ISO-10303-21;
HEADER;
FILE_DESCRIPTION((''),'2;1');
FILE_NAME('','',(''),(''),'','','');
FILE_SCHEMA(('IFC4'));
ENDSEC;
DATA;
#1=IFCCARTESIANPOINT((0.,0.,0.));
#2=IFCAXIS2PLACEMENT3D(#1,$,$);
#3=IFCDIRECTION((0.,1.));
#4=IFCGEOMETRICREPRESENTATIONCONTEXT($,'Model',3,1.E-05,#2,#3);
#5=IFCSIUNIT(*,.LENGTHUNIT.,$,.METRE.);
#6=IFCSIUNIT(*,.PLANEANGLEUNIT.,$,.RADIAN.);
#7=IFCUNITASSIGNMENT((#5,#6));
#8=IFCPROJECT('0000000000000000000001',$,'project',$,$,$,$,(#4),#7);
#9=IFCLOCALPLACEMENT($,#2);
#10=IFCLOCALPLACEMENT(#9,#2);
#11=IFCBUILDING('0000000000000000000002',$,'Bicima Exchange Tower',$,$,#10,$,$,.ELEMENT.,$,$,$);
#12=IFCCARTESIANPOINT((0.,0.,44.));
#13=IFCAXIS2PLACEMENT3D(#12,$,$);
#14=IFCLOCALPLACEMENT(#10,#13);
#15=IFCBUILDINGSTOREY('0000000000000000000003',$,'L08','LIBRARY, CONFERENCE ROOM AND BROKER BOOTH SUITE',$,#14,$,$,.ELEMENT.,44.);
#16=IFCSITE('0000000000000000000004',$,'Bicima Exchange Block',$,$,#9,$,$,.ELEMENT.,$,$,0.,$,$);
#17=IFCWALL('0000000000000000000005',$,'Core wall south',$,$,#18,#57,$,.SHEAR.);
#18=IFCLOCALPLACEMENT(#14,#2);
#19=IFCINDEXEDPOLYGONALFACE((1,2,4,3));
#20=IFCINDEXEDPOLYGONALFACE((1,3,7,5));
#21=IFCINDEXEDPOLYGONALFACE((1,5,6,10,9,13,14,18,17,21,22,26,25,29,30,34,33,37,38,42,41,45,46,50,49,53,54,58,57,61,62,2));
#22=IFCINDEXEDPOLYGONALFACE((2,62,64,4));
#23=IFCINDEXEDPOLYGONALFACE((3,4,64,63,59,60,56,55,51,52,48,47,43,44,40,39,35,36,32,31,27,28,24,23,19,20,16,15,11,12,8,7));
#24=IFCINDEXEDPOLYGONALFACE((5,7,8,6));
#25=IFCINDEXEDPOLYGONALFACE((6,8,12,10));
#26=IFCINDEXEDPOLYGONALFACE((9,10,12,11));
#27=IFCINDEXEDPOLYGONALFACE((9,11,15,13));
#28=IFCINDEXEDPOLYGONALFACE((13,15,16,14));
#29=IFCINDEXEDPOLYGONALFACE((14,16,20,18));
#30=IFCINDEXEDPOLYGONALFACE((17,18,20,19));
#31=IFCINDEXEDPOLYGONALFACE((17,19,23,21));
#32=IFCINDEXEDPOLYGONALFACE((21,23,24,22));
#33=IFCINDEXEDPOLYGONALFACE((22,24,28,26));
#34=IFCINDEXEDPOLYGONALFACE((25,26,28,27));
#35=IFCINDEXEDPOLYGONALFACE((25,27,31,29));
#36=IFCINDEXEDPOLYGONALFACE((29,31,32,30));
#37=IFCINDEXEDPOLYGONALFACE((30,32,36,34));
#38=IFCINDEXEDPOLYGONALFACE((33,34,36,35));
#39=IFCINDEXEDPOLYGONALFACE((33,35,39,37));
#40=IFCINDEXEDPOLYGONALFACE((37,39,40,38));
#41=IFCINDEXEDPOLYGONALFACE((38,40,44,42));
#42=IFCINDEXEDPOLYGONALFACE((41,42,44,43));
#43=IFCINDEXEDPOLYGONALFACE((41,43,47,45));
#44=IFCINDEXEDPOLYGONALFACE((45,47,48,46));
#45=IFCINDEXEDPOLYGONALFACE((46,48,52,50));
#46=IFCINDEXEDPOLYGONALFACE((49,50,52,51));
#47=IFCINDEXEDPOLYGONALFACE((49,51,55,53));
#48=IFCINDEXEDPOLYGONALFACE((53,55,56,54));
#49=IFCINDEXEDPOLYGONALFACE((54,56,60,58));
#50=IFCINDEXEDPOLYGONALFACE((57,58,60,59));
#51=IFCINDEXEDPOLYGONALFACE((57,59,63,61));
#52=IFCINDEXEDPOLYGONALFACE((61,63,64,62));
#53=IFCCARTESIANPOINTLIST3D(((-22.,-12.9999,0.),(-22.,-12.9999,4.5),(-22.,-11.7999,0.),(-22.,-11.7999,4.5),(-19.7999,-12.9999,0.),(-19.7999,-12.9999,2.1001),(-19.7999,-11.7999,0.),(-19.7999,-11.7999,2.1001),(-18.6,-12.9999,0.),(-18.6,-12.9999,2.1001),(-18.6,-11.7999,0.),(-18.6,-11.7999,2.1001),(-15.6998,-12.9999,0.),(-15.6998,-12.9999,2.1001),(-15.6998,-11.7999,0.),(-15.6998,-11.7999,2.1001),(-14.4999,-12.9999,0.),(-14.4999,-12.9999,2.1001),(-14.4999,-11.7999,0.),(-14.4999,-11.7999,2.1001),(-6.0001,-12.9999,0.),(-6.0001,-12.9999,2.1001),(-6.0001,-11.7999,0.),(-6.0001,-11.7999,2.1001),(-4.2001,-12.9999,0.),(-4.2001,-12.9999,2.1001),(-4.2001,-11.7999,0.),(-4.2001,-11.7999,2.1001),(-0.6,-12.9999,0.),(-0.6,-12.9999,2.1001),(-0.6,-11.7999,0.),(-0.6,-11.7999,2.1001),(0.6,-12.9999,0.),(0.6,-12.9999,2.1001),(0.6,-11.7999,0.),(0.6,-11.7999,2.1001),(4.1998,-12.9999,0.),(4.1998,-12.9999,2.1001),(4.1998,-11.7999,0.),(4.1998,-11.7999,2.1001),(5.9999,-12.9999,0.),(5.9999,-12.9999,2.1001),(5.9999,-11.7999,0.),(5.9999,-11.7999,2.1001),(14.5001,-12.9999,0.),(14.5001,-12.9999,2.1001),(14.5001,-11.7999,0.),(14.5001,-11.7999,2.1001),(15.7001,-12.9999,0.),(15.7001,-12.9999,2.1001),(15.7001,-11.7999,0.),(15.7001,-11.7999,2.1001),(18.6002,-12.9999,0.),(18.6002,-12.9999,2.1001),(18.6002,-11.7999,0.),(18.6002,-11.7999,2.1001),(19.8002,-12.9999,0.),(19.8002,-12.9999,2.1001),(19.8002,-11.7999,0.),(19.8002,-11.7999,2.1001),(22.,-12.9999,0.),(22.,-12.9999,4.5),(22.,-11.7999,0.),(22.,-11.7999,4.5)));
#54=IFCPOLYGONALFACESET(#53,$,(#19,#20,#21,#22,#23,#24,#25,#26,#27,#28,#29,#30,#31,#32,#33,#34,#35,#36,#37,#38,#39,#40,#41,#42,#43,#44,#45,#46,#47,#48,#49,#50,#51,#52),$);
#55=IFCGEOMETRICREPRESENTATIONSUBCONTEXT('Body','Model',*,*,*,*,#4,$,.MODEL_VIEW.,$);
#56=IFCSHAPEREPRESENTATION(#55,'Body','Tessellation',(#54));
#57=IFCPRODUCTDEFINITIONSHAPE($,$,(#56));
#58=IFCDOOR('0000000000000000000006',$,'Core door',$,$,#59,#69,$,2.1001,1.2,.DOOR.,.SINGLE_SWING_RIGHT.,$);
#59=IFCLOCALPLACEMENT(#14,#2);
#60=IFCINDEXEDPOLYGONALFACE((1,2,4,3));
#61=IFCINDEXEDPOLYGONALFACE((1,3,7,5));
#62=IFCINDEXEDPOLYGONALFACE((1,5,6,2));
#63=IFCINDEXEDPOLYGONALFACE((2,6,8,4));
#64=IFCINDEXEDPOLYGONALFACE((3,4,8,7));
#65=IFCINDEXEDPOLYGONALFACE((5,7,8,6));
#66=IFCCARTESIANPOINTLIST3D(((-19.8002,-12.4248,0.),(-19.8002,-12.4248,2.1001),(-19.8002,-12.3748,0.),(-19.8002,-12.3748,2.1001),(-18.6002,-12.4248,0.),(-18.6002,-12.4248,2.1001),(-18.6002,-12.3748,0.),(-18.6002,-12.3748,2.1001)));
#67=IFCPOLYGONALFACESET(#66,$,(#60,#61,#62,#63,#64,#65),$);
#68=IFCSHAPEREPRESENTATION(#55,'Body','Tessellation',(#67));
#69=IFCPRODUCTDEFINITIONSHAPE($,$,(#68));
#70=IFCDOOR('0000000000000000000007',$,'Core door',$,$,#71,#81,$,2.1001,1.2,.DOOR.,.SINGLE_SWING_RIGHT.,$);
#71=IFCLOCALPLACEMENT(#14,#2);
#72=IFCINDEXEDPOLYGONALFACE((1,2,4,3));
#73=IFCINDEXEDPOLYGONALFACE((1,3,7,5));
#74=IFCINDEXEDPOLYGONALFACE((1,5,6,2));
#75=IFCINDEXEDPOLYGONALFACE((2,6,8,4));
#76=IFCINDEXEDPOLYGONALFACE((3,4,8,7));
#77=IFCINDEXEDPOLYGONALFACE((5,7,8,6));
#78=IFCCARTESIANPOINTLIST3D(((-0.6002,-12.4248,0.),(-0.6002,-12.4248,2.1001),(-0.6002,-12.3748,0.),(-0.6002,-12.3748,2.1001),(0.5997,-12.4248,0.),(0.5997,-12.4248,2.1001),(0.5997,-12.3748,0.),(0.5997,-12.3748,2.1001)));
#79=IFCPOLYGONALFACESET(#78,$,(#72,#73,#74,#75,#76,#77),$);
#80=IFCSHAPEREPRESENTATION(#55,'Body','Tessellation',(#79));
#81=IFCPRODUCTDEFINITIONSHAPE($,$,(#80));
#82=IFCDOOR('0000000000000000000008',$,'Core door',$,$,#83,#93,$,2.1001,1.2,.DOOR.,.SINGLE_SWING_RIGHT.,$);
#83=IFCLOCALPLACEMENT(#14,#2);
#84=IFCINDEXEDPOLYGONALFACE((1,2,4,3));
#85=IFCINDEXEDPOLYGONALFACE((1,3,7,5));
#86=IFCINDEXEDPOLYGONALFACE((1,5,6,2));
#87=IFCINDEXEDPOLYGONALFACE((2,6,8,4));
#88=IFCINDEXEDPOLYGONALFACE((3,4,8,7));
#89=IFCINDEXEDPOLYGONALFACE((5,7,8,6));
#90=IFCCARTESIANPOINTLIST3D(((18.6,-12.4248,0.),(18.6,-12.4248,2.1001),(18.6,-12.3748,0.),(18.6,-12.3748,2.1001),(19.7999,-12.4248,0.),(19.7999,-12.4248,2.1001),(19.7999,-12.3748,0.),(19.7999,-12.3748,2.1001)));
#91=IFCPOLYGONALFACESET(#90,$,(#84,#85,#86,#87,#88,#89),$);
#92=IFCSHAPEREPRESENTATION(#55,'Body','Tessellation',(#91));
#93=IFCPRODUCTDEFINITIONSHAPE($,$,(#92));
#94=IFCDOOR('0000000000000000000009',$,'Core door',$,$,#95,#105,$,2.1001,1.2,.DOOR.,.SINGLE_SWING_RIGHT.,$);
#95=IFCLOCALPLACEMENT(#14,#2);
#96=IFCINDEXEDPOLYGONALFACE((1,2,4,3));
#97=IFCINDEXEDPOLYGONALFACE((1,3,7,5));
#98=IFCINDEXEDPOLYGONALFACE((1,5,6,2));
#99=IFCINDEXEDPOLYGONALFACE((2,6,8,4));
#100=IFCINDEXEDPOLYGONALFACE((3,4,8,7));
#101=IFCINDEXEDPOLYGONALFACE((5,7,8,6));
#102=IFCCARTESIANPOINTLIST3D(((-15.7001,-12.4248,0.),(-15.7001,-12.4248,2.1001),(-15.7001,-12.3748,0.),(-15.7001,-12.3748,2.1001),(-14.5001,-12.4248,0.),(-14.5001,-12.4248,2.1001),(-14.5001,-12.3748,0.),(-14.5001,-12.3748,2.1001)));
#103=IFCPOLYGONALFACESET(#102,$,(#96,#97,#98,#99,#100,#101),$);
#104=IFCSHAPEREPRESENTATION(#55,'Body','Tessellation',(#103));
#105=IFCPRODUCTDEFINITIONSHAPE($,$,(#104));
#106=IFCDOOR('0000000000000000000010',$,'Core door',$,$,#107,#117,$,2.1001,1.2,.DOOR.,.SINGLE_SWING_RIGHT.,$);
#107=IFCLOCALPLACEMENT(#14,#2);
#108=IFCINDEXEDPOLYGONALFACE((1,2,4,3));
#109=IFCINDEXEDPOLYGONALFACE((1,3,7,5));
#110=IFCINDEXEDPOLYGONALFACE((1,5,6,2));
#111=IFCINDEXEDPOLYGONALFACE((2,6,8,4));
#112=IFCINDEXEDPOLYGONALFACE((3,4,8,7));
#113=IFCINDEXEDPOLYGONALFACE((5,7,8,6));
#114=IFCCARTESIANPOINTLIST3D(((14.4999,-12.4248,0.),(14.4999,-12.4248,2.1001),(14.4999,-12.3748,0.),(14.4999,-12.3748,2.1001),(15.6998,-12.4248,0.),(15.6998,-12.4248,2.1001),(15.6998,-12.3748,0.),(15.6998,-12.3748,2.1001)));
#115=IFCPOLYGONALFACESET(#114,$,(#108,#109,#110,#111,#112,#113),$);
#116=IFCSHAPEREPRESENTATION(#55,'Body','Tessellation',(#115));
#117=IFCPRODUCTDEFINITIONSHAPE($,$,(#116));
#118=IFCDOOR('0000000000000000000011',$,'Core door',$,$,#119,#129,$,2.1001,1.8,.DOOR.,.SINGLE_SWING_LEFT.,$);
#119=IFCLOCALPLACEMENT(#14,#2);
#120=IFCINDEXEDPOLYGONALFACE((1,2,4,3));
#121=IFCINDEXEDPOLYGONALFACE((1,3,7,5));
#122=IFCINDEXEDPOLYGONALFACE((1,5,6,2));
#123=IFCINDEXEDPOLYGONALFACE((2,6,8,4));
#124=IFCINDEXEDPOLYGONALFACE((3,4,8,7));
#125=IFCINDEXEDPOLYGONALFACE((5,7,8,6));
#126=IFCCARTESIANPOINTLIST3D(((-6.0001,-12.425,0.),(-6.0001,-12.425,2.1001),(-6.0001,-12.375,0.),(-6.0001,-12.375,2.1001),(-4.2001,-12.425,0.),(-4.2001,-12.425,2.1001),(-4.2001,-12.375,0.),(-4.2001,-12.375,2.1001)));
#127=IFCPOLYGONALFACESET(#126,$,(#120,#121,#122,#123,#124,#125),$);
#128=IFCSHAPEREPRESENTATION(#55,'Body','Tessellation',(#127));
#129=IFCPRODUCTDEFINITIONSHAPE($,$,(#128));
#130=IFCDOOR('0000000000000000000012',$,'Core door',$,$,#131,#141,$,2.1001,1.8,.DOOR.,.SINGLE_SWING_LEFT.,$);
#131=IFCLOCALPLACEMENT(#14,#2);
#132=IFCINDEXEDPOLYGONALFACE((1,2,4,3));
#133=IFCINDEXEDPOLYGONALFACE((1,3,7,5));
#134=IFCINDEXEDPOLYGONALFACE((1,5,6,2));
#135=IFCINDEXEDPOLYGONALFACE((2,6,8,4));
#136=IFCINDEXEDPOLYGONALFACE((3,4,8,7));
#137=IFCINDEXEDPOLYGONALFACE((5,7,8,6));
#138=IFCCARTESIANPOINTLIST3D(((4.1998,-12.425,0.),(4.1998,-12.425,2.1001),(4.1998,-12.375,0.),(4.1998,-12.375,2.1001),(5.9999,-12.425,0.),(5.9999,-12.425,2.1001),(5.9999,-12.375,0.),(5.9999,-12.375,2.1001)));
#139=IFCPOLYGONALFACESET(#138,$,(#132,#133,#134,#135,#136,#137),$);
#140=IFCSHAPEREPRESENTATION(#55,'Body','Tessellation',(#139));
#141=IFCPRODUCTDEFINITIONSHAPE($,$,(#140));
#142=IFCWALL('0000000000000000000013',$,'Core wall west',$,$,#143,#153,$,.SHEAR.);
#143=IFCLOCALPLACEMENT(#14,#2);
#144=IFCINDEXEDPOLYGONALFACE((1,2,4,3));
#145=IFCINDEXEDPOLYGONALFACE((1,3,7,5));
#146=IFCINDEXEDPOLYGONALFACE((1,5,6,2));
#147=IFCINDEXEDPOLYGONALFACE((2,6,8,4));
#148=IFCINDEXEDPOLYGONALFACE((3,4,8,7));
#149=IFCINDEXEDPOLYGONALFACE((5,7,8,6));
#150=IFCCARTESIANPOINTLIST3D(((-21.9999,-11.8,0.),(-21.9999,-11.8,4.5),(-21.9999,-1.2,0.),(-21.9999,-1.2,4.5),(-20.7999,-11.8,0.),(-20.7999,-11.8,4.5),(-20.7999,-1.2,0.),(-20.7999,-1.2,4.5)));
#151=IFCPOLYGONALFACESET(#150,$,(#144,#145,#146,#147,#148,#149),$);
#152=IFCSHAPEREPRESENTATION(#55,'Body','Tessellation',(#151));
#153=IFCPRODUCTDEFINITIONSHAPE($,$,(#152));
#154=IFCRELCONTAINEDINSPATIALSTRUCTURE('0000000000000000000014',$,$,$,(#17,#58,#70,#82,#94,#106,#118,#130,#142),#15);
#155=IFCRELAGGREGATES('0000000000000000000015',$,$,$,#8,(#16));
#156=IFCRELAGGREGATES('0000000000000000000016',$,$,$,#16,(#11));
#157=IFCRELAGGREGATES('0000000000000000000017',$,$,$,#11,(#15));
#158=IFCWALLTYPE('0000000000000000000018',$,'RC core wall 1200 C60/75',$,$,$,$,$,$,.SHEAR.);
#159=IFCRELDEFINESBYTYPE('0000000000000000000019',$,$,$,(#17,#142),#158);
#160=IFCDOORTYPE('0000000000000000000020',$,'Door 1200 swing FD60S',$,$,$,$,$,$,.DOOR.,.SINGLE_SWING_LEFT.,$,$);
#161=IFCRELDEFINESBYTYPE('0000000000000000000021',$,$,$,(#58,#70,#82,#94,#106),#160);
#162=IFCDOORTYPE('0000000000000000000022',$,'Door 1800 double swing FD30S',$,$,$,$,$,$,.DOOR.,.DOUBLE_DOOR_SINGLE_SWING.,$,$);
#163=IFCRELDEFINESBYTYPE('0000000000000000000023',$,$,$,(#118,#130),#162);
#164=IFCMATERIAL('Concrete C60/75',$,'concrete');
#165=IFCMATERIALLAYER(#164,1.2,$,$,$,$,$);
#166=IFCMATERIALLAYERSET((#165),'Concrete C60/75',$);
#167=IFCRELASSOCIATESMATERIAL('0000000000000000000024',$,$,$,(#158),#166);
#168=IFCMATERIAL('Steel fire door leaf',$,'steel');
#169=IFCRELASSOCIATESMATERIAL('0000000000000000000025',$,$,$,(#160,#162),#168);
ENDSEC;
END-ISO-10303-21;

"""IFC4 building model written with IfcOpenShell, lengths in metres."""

from ifc_helpers import new_model, si_unit, direction, frame, frame_2d, origin, place, context, subcontext, project, spatial, rectangle, extrude, material, layer, layer_set, type_object, element, fill, save


model = new_model("IFC4")

# Units and contexts
model_context = context("Model", 3, precision=1e-05, world=origin(), true_north=direction((0.0, 1.0)))
body_context = subcontext(model_context, "Body", "Model", "MODEL_VIEW")
ifc_project = project(units=[si_unit("LENGTHUNIT", "METRE"), si_unit("PLANEANGLEUNIT", "RADIAN")], contexts=[model_context])

# Site, building, storey
site_placement = place(None, origin())
site = spatial("IfcSite", under=ifc_project, at=site_placement, Name="Bicima Exchange Block", CompositionType="ELEMENT", RefElevation=0.0)
building_placement = place(site_placement, origin())
building = spatial("IfcBuilding", under=site, at=building_placement, Name="Bicima Exchange Tower", CompositionType="ELEMENT")
storey_placement = place(building_placement, frame((0.0, 0.0, 44.0)))
storey = spatial("IfcBuildingStorey", under=building, at=storey_placement, Name="L08", Description="LIBRARY, CONFERENCE ROOM AND BROKER BOOTH SUITE", CompositionType="ELEMENT", Elevation=44.0)

# Wall, openings, doors
ifc_material_1 = material(Name="Concrete C60/75", Category="concrete")
ifc_layer_1 = layer(ifc_material_1, 1.2)
ifc_layer_set_1 = layer_set([ifc_layer_1], Name="Concrete C60/75")
wall_type_1 = type_object("IfcWallType", Name="RC core wall 1200 C60/75", PredefinedType="SHEAR", material=ifc_layer_set_1)
wall_1_placement = place(storey_placement, frame((-22.0, -12.3999, 0.0), z_axis=(0.0, 0.0, 1.0), x_axis=(1.0, 0.0, 0.0)))
wall_1 = element("IfcWall", 1, at=wall_1_placement, inside=storey, type_object=wall_type_1, Name="Core wall south", PredefinedType="SHEAR", context=body_context, shape_type="SweptSolid", body=[
    extrude(rectangle(XDim=44.0, YDim=1.2, at=frame_2d((22.0, 0.0))), origin(), (0.0, 0.0, 1.0), 4.5),
])
opening_1_placement = place(wall_1_placement, frame((2.2, 0.0, 0.0)))
opening_1 = element("IfcOpeningElement", 2, at=opening_1_placement, cuts=wall_1, PredefinedType="OPENING", context=body_context, shape_type="SweptSolid", body=[
    extrude(rectangle(XDim=1.2, YDim=2.1001, at=frame_2d((0.6001, 1.05))), frame((0.0, 0.6118, 0.0), z_axis=(0.0, -1.0, 0.0), x_axis=(1.0, 0.0, 0.0)), (0.0, 0.0, 1.0), 1.2239),
])
opening_2_placement = place(wall_1_placement, frame((21.3999, 0.0, 0.0)))
opening_2 = element("IfcOpeningElement", 3, at=opening_2_placement, cuts=wall_1, PredefinedType="OPENING", context=body_context, shape_type="SweptSolid", body=[
    extrude(rectangle(XDim=1.2, YDim=2.1001, at=frame_2d((0.6001, 1.05))), frame((0.0, 0.6118, 0.0), z_axis=(0.0, -1.0, 0.0), x_axis=(1.0, 0.0, 0.0)), (0.0, 0.0, 1.0), 1.2239),
])
opening_3_placement = place(wall_1_placement, frame((40.6001, 0.0, 0.0)))
opening_3 = element("IfcOpeningElement", 4, at=opening_3_placement, cuts=wall_1, PredefinedType="OPENING", context=body_context, shape_type="SweptSolid", body=[
    extrude(rectangle(XDim=1.2, YDim=2.1001, at=frame_2d((0.6001, 1.05))), frame((0.0, 0.6118, 0.0), z_axis=(0.0, -1.0, 0.0), x_axis=(1.0, 0.0, 0.0)), (0.0, 0.0, 1.0), 1.2239),
])
opening_4_placement = place(wall_1_placement, frame((16.0, 0.0, 0.0)))
opening_4 = element("IfcOpeningElement", 5, at=opening_4_placement, cuts=wall_1, PredefinedType="OPENING", context=body_context, shape_type="SweptSolid", body=[
    extrude(rectangle(XDim=1.8, YDim=2.1001, at=frame_2d((0.8999, 1.05))), frame((0.0, 0.6118, 0.0), z_axis=(0.0, -1.0, 0.0), x_axis=(1.0, 0.0, 0.0)), (0.0, 0.0, 1.0), 1.2239),
])
opening_5_placement = place(wall_1_placement, frame((6.3, 0.0, 0.0)))
opening_5 = element("IfcOpeningElement", 6, at=opening_5_placement, cuts=wall_1, PredefinedType="OPENING", context=body_context, shape_type="SweptSolid", body=[
    extrude(rectangle(XDim=1.2, YDim=2.1001, at=frame_2d((0.6001, 1.05))), frame((0.0, 0.6118, 0.0), z_axis=(0.0, -1.0, 0.0), x_axis=(1.0, 0.0, 0.0)), (0.0, 0.0, 1.0), 1.2239),
])
opening_6_placement = place(wall_1_placement, frame((26.2, 0.0, 0.0)))
opening_6 = element("IfcOpeningElement", 7, at=opening_6_placement, cuts=wall_1, PredefinedType="OPENING", context=body_context, shape_type="SweptSolid", body=[
    extrude(rectangle(XDim=1.8, YDim=2.1001, at=frame_2d((0.8999, 1.05))), frame((0.0, 0.6118, 0.0), z_axis=(0.0, -1.0, 0.0), x_axis=(1.0, 0.0, 0.0)), (0.0, 0.0, 1.0), 1.2239),
])
opening_7_placement = place(wall_1_placement, frame((36.5, 0.0, 0.0)))
opening_7 = element("IfcOpeningElement", 8, at=opening_7_placement, cuts=wall_1, PredefinedType="OPENING", context=body_context, shape_type="SweptSolid", body=[
    extrude(rectangle(XDim=1.2, YDim=2.1001, at=frame_2d((0.6001, 1.05))), frame((0.0, 0.6118, 0.0), z_axis=(0.0, -1.0, 0.0), x_axis=(1.0, 0.0, 0.0)), (0.0, 0.0, 1.0), 1.2239),
])
ifc_material_2 = material(Name="Steel fire door leaf", Category="steel")
door_type_1 = type_object("IfcDoorType", Name="Door 1200 swing FD60S", OperationType="SINGLE_SWING_LEFT", PredefinedType="DOOR", material=ifc_material_2)
door_1_placement = place(opening_1_placement, frame((1.2, 0.0, 0.0), z_axis=(0.0, 0.0, 1.0), x_axis=(-1.0, 0.0, 0.0)))
door_1 = element("IfcDoor", 9, at=door_1_placement, inside=storey, type_object=door_type_1, Name="Core door", OperationType="SINGLE_SWING_RIGHT", OverallHeight=2.1001, OverallWidth=1.2, PredefinedType="DOOR", context=body_context, shape_type="SweptSolid", body=[
    extrude(rectangle(XDim=1.2, YDim=2.1001, at=frame_2d((0.6001, 1.05))), frame((0.0, 0.0249, 0.0), z_axis=(0.0, -1.0, 0.0), x_axis=(1.0, 0.0, 0.0)), (0.0, 0.0, 1.0), 0.05),
])
fill(opening_1, door_1)
door_2_placement = place(opening_2_placement, frame((1.2, 0.0, 0.0), z_axis=(0.0, 0.0, 1.0), x_axis=(-1.0, 0.0, 0.0)))
door_2 = element("IfcDoor", 10, at=door_2_placement, inside=storey, type_object=door_type_1, Name="Core door", OperationType="SINGLE_SWING_RIGHT", OverallHeight=2.1001, OverallWidth=1.2, PredefinedType="DOOR", context=body_context, shape_type="SweptSolid", body=[
    extrude(rectangle(XDim=1.2, YDim=2.1001, at=frame_2d((0.6001, 1.05))), frame((0.0, 0.0249, 0.0), z_axis=(0.0, -1.0, 0.0), x_axis=(1.0, 0.0, 0.0)), (0.0, 0.0, 1.0), 0.05),
])
fill(opening_2, door_2)
door_3_placement = place(opening_3_placement, frame((1.2, 0.0, 0.0), z_axis=(0.0, 0.0, 1.0), x_axis=(-1.0, 0.0, 0.0)))
door_3 = element("IfcDoor", 11, at=door_3_placement, inside=storey, type_object=door_type_1, Name="Core door", OperationType="SINGLE_SWING_RIGHT", OverallHeight=2.1001, OverallWidth=1.2, PredefinedType="DOOR", context=body_context, shape_type="SweptSolid", body=[
    extrude(rectangle(XDim=1.2, YDim=2.1001, at=frame_2d((0.6001, 1.05))), frame((0.0, 0.0249, 0.0), z_axis=(0.0, -1.0, 0.0), x_axis=(1.0, 0.0, 0.0)), (0.0, 0.0, 1.0), 0.05),
])
fill(opening_3, door_3)
door_4_placement = place(opening_5_placement, frame((1.2, 0.0, 0.0), z_axis=(0.0, 0.0, 1.0), x_axis=(-1.0, 0.0, 0.0)))
door_4 = element("IfcDoor", 12, at=door_4_placement, inside=storey, type_object=door_type_1, Name="Core door", OperationType="SINGLE_SWING_RIGHT", OverallHeight=2.1001, OverallWidth=1.2, PredefinedType="DOOR", context=body_context, shape_type="SweptSolid", body=[
    extrude(rectangle(XDim=1.2, YDim=2.1001, at=frame_2d((0.6001, 1.05))), frame((0.0, 0.0249, 0.0), z_axis=(0.0, -1.0, 0.0), x_axis=(1.0, 0.0, 0.0)), (0.0, 0.0, 1.0), 0.05),
])
fill(opening_5, door_4)
door_5_placement = place(opening_7_placement, frame((1.2, 0.0, 0.0), z_axis=(0.0, 0.0, 1.0), x_axis=(-1.0, 0.0, 0.0)))
door_5 = element("IfcDoor", 13, at=door_5_placement, inside=storey, type_object=door_type_1, Name="Core door", OperationType="SINGLE_SWING_RIGHT", OverallHeight=2.1001, OverallWidth=1.2, PredefinedType="DOOR", context=body_context, shape_type="SweptSolid", body=[
    extrude(rectangle(XDim=1.2, YDim=2.1001, at=frame_2d((0.6001, 1.05))), frame((0.0, 0.0249, 0.0), z_axis=(0.0, -1.0, 0.0), x_axis=(1.0, 0.0, 0.0)), (0.0, 0.0, 1.0), 0.05),
])
fill(opening_7, door_5)
door_type_2 = type_object("IfcDoorType", Name="Door 1800 double swing FD30S", OperationType="DOUBLE_DOOR_SINGLE_SWING", PredefinedType="DOOR", material=ifc_material_2)
door_6_placement = place(opening_4_placement, origin())
door_6 = element("IfcDoor", 14, at=door_6_placement, inside=storey, type_object=door_type_2, Name="Core door", OperationType="SINGLE_SWING_LEFT", OverallHeight=2.1001, OverallWidth=1.8, PredefinedType="DOOR", context=body_context, shape_type="SweptSolid", body=[
    extrude(rectangle(XDim=1.8, YDim=2.1001, at=frame_2d((0.8999, 1.05))), frame((0.0, 0.0249, 0.0), z_axis=(0.0, -1.0, 0.0), x_axis=(1.0, 0.0, 0.0)), (0.0, 0.0, 1.0), 0.05),
])
fill(opening_4, door_6)
door_7_placement = place(opening_6_placement, origin())
door_7 = element("IfcDoor", 15, at=door_7_placement, inside=storey, type_object=door_type_2, Name="Core door", OperationType="SINGLE_SWING_LEFT", OverallHeight=2.1001, OverallWidth=1.8, PredefinedType="DOOR", context=body_context, shape_type="SweptSolid", body=[
    extrude(rectangle(XDim=1.8, YDim=2.1001, at=frame_2d((0.8999, 1.05))), frame((0.0, 0.0249, 0.0), z_axis=(0.0, -1.0, 0.0), x_axis=(1.0, 0.0, 0.0)), (0.0, 0.0, 1.0), 0.05),
])
fill(opening_6, door_7)

# Wall
wall_2_placement = place(storey_placement, frame((-21.3999, -11.8, 0.0), z_axis=(0.0, 0.0, 1.0), x_axis=(0.0, 1.0, 0.0)))
element("IfcWall", 16, at=wall_2_placement, inside=storey, type_object=wall_type_1, Name="Core wall west", PredefinedType="SHEAR", context=body_context, shape_type="SweptSolid", body=[
    extrude(rectangle(XDim=10.6001, YDim=1.2, at=frame_2d((5.3, 0.0))), origin(), (0.0, 0.0, 1.0), 4.5),
])

save(model, "model.ifc")
